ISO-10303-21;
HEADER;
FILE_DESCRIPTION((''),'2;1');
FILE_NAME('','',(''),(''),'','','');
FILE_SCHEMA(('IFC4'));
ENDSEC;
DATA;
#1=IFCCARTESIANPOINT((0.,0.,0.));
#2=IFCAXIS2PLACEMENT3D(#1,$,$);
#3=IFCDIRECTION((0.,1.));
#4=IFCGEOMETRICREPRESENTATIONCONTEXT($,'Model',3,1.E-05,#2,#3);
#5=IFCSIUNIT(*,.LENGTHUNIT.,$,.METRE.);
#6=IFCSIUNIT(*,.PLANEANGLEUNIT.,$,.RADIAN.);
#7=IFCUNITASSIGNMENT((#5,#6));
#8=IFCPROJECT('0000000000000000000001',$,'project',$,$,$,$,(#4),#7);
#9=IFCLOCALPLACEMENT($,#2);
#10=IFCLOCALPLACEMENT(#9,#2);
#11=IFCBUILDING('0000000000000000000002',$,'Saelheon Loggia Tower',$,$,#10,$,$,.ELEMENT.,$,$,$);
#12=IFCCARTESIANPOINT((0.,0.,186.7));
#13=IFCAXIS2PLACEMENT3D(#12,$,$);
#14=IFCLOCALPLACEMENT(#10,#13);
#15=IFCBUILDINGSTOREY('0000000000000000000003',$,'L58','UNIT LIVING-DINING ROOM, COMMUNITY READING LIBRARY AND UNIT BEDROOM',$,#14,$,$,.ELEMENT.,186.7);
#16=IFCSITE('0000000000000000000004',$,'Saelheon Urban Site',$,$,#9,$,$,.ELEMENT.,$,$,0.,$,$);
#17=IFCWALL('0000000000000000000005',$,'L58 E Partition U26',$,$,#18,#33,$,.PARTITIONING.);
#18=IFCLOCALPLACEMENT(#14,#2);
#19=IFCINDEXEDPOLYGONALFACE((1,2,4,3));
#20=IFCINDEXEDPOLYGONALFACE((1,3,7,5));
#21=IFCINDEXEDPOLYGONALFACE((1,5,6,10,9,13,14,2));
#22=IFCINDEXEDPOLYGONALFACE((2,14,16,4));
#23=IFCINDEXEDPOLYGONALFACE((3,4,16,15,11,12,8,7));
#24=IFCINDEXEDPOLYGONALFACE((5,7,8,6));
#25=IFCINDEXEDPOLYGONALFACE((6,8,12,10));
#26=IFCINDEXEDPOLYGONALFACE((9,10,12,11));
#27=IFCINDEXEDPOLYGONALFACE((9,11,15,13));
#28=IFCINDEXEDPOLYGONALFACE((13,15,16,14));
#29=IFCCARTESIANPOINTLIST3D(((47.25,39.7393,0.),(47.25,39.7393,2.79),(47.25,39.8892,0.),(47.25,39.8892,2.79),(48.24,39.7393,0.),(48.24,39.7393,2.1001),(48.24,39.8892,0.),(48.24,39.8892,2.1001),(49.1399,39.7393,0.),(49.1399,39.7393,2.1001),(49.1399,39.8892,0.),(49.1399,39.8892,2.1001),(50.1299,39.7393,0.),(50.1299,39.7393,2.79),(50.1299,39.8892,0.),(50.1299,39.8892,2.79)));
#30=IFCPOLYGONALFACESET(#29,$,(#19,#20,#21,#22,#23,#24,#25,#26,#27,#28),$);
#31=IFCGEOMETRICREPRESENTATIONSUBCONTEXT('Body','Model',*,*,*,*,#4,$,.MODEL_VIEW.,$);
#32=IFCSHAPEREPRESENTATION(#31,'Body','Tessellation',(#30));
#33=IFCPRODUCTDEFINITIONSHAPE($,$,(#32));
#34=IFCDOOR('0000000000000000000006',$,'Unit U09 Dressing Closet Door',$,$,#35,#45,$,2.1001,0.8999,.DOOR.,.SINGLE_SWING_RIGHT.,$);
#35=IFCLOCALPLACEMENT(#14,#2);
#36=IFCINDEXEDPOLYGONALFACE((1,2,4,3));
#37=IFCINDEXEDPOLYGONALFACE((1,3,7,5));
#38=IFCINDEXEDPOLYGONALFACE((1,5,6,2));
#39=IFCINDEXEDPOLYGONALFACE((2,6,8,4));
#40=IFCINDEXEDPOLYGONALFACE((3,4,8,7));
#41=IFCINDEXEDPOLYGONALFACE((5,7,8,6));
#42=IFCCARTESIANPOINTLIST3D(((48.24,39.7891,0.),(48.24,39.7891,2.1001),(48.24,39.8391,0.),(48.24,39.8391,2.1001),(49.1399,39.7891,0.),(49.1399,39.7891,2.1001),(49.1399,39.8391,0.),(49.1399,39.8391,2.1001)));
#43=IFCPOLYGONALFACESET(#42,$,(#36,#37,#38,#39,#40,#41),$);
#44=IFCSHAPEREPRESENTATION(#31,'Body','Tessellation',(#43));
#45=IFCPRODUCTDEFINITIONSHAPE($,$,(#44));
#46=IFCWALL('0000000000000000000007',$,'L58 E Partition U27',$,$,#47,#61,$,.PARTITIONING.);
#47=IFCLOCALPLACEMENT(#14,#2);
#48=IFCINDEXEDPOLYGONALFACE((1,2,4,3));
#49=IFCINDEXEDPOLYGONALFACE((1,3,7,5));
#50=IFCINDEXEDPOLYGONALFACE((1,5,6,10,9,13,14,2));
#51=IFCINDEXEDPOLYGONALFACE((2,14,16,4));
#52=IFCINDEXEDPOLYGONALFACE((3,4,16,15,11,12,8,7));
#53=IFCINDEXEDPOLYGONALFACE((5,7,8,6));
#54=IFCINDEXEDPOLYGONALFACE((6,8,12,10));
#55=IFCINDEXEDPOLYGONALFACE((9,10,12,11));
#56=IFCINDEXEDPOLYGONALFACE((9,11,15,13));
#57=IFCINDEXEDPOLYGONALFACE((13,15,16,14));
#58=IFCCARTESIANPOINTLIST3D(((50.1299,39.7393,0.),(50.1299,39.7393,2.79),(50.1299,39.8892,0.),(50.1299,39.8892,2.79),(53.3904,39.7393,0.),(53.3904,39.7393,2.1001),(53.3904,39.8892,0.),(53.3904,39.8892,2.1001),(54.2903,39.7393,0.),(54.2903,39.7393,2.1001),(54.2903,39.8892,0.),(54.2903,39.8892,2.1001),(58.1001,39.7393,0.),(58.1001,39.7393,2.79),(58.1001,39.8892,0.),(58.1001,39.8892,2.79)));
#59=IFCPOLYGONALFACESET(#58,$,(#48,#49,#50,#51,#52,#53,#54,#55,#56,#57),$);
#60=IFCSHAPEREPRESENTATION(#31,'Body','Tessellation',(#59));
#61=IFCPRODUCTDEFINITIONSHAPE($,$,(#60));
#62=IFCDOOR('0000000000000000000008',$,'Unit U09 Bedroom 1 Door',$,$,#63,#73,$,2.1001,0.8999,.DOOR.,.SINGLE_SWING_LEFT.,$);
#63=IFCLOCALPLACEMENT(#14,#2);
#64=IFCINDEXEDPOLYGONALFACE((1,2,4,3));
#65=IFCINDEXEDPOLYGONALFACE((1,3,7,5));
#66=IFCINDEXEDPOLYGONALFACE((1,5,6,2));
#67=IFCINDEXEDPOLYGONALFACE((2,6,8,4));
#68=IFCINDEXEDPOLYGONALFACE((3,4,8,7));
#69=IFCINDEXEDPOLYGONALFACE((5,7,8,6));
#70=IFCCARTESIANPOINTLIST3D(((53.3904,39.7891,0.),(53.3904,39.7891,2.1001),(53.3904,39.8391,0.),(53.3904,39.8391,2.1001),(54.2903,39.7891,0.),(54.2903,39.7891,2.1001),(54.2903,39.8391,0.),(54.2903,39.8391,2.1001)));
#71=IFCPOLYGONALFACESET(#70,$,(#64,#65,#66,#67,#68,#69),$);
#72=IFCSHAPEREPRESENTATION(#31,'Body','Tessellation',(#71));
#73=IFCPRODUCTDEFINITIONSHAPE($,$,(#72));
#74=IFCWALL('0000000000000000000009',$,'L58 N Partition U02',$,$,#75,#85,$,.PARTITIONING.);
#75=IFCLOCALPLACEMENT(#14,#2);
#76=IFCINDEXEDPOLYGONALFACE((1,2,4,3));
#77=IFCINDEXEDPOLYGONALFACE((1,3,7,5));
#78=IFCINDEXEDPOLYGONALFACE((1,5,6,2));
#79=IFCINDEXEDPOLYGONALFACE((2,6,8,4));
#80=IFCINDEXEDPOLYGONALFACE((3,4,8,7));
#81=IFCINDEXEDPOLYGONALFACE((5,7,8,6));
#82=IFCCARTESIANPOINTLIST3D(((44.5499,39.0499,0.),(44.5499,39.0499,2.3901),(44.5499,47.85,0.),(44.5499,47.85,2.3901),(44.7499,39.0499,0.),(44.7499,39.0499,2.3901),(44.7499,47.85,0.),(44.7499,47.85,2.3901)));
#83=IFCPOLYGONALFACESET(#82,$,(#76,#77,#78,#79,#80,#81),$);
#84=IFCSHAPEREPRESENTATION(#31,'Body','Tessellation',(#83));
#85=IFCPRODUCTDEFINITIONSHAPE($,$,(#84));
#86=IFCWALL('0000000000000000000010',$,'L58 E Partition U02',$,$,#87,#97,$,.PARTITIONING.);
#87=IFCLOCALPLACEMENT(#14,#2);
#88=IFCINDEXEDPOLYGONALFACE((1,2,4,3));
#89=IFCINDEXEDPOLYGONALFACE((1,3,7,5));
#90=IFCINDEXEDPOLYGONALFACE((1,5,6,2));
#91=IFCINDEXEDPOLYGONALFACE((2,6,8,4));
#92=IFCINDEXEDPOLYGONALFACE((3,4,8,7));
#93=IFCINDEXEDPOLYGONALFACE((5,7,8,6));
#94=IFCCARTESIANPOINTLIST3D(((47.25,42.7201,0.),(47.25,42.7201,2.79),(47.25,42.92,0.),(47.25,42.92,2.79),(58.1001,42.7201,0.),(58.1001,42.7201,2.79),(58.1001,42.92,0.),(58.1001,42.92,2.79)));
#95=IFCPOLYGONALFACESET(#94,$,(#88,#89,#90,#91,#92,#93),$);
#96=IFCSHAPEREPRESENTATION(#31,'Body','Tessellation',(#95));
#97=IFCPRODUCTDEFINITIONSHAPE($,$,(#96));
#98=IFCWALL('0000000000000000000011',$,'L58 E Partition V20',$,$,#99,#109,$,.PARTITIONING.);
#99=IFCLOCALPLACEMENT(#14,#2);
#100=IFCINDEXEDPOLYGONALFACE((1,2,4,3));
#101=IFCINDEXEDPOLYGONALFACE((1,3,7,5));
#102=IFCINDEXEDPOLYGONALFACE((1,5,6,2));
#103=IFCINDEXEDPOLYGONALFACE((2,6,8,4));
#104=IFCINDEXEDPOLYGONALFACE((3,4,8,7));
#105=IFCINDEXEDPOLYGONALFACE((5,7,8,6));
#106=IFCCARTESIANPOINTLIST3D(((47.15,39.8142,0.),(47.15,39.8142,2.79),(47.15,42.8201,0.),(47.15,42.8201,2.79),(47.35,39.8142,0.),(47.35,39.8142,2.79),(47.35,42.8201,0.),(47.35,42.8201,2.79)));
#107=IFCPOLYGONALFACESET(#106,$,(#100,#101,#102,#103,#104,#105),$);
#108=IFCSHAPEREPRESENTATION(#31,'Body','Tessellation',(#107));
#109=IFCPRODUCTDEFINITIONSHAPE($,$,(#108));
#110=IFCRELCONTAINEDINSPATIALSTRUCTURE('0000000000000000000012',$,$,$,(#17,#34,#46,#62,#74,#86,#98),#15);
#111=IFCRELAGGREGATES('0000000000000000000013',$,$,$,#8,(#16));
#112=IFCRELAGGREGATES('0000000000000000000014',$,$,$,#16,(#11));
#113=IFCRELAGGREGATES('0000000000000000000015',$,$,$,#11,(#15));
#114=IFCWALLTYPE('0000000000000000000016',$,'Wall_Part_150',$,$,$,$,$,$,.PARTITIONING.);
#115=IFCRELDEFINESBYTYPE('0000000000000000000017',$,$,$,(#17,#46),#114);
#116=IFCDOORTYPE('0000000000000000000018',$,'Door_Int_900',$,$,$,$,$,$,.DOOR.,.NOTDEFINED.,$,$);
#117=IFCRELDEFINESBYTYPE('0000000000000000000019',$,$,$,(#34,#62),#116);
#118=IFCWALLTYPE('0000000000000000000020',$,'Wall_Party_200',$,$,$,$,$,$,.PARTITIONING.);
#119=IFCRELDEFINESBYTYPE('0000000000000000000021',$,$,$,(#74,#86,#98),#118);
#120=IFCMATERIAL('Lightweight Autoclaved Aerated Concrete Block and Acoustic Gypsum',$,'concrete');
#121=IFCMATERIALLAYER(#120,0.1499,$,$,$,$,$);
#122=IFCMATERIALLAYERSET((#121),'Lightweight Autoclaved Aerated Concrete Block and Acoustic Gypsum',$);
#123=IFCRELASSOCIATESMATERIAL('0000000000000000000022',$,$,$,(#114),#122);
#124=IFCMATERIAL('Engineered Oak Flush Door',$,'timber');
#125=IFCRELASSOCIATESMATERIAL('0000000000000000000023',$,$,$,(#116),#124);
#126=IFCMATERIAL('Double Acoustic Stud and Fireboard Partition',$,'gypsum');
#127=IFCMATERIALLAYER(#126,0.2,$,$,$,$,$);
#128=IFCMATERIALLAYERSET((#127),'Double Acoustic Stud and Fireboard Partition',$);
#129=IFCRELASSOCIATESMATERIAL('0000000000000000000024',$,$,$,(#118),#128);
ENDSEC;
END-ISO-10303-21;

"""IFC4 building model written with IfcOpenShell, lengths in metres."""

from ifc_helpers import new_model, si_unit, direction, frame, frame_2d, origin, place, context, subcontext, project, spatial, rectangle, extrude, source, transform, mapped, material, layer, layer_set, type_object, element, fill, save


model = new_model("IFC4")

# Units and contexts
model_context = context("Model", 3, precision=1e-05, world=origin(), true_north=direction((0.0, 1.0)))
body_context = subcontext(model_context, "Body", "Model", "MODEL_VIEW")
ifc_project = project(units=[si_unit("LENGTHUNIT", "METRE"), si_unit("PLANEANGLEUNIT", "RADIAN")], contexts=[model_context])

# Site, building, storey
site_placement = place(None, origin())
site = spatial("IfcSite", under=ifc_project, at=site_placement, Name="Saelheon Urban Site", CompositionType="ELEMENT", RefElevation=0.0)
building_placement = place(site_placement, origin())
building = spatial("IfcBuilding", under=site, at=building_placement, Name="Saelheon Loggia Tower", CompositionType="ELEMENT")
storey_placement = place(building_placement, frame((0.0, 0.0, 186.7)))
storey = spatial("IfcBuildingStorey", under=building, at=storey_placement, Name="L58", Description="UNIT LIVING-DINING ROOM, COMMUNITY READING LIBRARY AND UNIT BEDROOM", CompositionType="ELEMENT", Elevation=186.7)

# Shared definitions
ifc_material_1 = material(Name="Lightweight Autoclaved Aerated Concrete Block and Acoustic Gypsum", Category="concrete")
ifc_layer_1 = layer(ifc_material_1, 0.1499)
ifc_layer_set_1 = layer_set([ifc_layer_1], Name="Lightweight Autoclaved Aerated Concrete Block and Acoustic Gypsum")
wall_type_1 = type_object("IfcWallType", Name="Wall_Part_150", PredefinedType="PARTITIONING", material=ifc_layer_set_1)
ifc_material_2 = material(Name="Engineered Oak Flush Door", Category="timber")
door_type = type_object("IfcDoorType", Name="Door_Int_900", OperationType="NOTDEFINED", PredefinedType="DOOR", material=ifc_material_2)
shared_shape_1 = source(origin(), body_context, "Body", "SweptSolid", [
    extrude(rectangle(XDim=0.8999, YDim=2.1001, at=frame_2d((0.45, 1.05))), frame((0.0, 0.0249, 0.0), z_axis=(0.0, -1.0, 0.0), x_axis=(1.0, 0.0, 0.0)), (0.0, 0.0, 1.0), 0.05),
])

# Walls, openings, doors
wall_1_placement = place(storey_placement, frame((47.25, 39.8142, 0.0), z_axis=(0.0, 0.0, 1.0), x_axis=(1.0, 0.0, 0.0)))
wall_1 = element("IfcWall", 1, at=wall_1_placement, inside=storey, type_object=wall_type_1, Name="L58 E Partition U26", PredefinedType="PARTITIONING", context=body_context, shape_type="SweptSolid", body=[
    extrude(rectangle(XDim=2.8799, YDim=0.1499, at=frame_2d((1.4399, 0.0))), origin(), (0.0, 0.0, 1.0), 2.79),
])
opening_1_placement = place(wall_1_placement, frame((0.99, 0.0, 0.0)))
opening_1 = element("IfcOpeningElement", 2, at=opening_1_placement, cuts=wall_1, PredefinedType="OPENING", context=body_context, shape_type="SweptSolid", body=[
    extrude(rectangle(XDim=0.8999, YDim=2.1001, at=frame_2d((0.45, 1.05))), frame((0.0, 0.0869, 0.0), z_axis=(0.0, -1.0, 0.0), x_axis=(1.0, 0.0, 0.0)), (0.0, 0.0, 1.0), 0.1738),
])
door_1_placement = place(opening_1_placement, origin())
door_1 = element("IfcDoor", 3, at=door_1_placement, inside=storey, type_object=door_type, Name="Unit U09 Dressing Closet Door", OperationType="SINGLE_SWING_RIGHT", OverallHeight=2.1001, OverallWidth=0.8999, PredefinedType="DOOR", context=body_context, shape_type="MappedRepresentation", body=[
    mapped(shared_shape_1, transform((0.0, 0.0, 0.0), scale=1.0)),
])
fill(opening_1, door_1)
wall_2_placement = place(storey_placement, frame((50.1299, 39.8142, 0.0), z_axis=(0.0, 0.0, 1.0), x_axis=(1.0, 0.0, 0.0)))
wall_2 = element("IfcWall", 4, at=wall_2_placement, inside=storey, type_object=wall_type_1, Name="L58 E Partition U27", PredefinedType="PARTITIONING", context=body_context, shape_type="SweptSolid", body=[
    extrude(rectangle(XDim=7.9702, YDim=0.1499, at=frame_2d((3.9851, 0.0))), origin(), (0.0, 0.0, 1.0), 2.79),
])
opening_2_placement = place(wall_2_placement, frame((3.2605, 0.0, 0.0)))
opening_2 = element("IfcOpeningElement", 5, at=opening_2_placement, cuts=wall_2, PredefinedType="OPENING", context=body_context, shape_type="SweptSolid", body=[
    extrude(rectangle(XDim=0.8999, YDim=2.1001, at=frame_2d((0.45, 1.05))), frame((0.0, 0.0869, 0.0), z_axis=(0.0, -1.0, 0.0), x_axis=(1.0, 0.0, 0.0)), (0.0, 0.0, 1.0), 0.1738),
])
door_2_placement = place(opening_2_placement, origin())
door_2 = element("IfcDoor", 6, at=door_2_placement, inside=storey, type_object=door_type, Name="Unit U09 Bedroom 1 Door", OperationType="SINGLE_SWING_LEFT", OverallHeight=2.1001, OverallWidth=0.8999, PredefinedType="DOOR", context=body_context, shape_type="MappedRepresentation", body=[
    mapped(shared_shape_1, transform((0.0, 0.0, 0.0), scale=1.0)),
])
fill(opening_2, door_2)

# Walls
ifc_material_3 = material(Name="Double Acoustic Stud and Fireboard Partition", Category="gypsum")
ifc_layer_2 = layer(ifc_material_3, 0.2)
ifc_layer_set_2 = layer_set([ifc_layer_2], Name="Double Acoustic Stud and Fireboard Partition")
wall_type_2 = type_object("IfcWallType", Name="Wall_Party_200", PredefinedType="PARTITIONING", material=ifc_layer_set_2)
wall_3_placement = place(storey_placement, frame((44.6499, 39.05, 0.0), z_axis=(0.0, 0.0, 1.0), x_axis=(0.0, 1.0, 0.0)))
element("IfcWall", 7, at=wall_3_placement, inside=storey, type_object=wall_type_2, Name="L58 N Partition U02", PredefinedType="PARTITIONING", context=body_context, shape_type="SweptSolid", body=[
    extrude(rectangle(XDim=8.8, YDim=0.2, at=frame_2d((4.3999, 0.0))), origin(), (0.0, 0.0, 1.0), 2.3901),
])
wall_4_placement = place(storey_placement, frame((47.25, 42.8201, 0.0), z_axis=(0.0, 0.0, 1.0), x_axis=(1.0, 0.0, 0.0)))
element("IfcWall", 8, at=wall_4_placement, inside=storey, type_object=wall_type_2, Name="L58 E Partition U02", PredefinedType="PARTITIONING", context=body_context, shape_type="SweptSolid", body=[
    extrude(rectangle(XDim=10.8501, YDim=0.2, at=frame_2d((5.425, 0.0))), origin(), (0.0, 0.0, 1.0), 2.79),
])
wall_5_placement = place(storey_placement, frame((47.25, 39.8142, 0.0), z_axis=(0.0, 0.0, 1.0), x_axis=(0.0, 1.0, 0.0)))
element("IfcWall", 9, at=wall_5_placement, inside=storey, type_object=wall_type_2, Name="L58 E Partition V20", PredefinedType="PARTITIONING", context=body_context, shape_type="SweptSolid", body=[
    extrude(rectangle(XDim=3.0059, YDim=0.2, at=frame_2d((1.5029, 0.0))), origin(), (0.0, 0.0, 1.0), 2.79),
])

save(model, "model.ifc")
